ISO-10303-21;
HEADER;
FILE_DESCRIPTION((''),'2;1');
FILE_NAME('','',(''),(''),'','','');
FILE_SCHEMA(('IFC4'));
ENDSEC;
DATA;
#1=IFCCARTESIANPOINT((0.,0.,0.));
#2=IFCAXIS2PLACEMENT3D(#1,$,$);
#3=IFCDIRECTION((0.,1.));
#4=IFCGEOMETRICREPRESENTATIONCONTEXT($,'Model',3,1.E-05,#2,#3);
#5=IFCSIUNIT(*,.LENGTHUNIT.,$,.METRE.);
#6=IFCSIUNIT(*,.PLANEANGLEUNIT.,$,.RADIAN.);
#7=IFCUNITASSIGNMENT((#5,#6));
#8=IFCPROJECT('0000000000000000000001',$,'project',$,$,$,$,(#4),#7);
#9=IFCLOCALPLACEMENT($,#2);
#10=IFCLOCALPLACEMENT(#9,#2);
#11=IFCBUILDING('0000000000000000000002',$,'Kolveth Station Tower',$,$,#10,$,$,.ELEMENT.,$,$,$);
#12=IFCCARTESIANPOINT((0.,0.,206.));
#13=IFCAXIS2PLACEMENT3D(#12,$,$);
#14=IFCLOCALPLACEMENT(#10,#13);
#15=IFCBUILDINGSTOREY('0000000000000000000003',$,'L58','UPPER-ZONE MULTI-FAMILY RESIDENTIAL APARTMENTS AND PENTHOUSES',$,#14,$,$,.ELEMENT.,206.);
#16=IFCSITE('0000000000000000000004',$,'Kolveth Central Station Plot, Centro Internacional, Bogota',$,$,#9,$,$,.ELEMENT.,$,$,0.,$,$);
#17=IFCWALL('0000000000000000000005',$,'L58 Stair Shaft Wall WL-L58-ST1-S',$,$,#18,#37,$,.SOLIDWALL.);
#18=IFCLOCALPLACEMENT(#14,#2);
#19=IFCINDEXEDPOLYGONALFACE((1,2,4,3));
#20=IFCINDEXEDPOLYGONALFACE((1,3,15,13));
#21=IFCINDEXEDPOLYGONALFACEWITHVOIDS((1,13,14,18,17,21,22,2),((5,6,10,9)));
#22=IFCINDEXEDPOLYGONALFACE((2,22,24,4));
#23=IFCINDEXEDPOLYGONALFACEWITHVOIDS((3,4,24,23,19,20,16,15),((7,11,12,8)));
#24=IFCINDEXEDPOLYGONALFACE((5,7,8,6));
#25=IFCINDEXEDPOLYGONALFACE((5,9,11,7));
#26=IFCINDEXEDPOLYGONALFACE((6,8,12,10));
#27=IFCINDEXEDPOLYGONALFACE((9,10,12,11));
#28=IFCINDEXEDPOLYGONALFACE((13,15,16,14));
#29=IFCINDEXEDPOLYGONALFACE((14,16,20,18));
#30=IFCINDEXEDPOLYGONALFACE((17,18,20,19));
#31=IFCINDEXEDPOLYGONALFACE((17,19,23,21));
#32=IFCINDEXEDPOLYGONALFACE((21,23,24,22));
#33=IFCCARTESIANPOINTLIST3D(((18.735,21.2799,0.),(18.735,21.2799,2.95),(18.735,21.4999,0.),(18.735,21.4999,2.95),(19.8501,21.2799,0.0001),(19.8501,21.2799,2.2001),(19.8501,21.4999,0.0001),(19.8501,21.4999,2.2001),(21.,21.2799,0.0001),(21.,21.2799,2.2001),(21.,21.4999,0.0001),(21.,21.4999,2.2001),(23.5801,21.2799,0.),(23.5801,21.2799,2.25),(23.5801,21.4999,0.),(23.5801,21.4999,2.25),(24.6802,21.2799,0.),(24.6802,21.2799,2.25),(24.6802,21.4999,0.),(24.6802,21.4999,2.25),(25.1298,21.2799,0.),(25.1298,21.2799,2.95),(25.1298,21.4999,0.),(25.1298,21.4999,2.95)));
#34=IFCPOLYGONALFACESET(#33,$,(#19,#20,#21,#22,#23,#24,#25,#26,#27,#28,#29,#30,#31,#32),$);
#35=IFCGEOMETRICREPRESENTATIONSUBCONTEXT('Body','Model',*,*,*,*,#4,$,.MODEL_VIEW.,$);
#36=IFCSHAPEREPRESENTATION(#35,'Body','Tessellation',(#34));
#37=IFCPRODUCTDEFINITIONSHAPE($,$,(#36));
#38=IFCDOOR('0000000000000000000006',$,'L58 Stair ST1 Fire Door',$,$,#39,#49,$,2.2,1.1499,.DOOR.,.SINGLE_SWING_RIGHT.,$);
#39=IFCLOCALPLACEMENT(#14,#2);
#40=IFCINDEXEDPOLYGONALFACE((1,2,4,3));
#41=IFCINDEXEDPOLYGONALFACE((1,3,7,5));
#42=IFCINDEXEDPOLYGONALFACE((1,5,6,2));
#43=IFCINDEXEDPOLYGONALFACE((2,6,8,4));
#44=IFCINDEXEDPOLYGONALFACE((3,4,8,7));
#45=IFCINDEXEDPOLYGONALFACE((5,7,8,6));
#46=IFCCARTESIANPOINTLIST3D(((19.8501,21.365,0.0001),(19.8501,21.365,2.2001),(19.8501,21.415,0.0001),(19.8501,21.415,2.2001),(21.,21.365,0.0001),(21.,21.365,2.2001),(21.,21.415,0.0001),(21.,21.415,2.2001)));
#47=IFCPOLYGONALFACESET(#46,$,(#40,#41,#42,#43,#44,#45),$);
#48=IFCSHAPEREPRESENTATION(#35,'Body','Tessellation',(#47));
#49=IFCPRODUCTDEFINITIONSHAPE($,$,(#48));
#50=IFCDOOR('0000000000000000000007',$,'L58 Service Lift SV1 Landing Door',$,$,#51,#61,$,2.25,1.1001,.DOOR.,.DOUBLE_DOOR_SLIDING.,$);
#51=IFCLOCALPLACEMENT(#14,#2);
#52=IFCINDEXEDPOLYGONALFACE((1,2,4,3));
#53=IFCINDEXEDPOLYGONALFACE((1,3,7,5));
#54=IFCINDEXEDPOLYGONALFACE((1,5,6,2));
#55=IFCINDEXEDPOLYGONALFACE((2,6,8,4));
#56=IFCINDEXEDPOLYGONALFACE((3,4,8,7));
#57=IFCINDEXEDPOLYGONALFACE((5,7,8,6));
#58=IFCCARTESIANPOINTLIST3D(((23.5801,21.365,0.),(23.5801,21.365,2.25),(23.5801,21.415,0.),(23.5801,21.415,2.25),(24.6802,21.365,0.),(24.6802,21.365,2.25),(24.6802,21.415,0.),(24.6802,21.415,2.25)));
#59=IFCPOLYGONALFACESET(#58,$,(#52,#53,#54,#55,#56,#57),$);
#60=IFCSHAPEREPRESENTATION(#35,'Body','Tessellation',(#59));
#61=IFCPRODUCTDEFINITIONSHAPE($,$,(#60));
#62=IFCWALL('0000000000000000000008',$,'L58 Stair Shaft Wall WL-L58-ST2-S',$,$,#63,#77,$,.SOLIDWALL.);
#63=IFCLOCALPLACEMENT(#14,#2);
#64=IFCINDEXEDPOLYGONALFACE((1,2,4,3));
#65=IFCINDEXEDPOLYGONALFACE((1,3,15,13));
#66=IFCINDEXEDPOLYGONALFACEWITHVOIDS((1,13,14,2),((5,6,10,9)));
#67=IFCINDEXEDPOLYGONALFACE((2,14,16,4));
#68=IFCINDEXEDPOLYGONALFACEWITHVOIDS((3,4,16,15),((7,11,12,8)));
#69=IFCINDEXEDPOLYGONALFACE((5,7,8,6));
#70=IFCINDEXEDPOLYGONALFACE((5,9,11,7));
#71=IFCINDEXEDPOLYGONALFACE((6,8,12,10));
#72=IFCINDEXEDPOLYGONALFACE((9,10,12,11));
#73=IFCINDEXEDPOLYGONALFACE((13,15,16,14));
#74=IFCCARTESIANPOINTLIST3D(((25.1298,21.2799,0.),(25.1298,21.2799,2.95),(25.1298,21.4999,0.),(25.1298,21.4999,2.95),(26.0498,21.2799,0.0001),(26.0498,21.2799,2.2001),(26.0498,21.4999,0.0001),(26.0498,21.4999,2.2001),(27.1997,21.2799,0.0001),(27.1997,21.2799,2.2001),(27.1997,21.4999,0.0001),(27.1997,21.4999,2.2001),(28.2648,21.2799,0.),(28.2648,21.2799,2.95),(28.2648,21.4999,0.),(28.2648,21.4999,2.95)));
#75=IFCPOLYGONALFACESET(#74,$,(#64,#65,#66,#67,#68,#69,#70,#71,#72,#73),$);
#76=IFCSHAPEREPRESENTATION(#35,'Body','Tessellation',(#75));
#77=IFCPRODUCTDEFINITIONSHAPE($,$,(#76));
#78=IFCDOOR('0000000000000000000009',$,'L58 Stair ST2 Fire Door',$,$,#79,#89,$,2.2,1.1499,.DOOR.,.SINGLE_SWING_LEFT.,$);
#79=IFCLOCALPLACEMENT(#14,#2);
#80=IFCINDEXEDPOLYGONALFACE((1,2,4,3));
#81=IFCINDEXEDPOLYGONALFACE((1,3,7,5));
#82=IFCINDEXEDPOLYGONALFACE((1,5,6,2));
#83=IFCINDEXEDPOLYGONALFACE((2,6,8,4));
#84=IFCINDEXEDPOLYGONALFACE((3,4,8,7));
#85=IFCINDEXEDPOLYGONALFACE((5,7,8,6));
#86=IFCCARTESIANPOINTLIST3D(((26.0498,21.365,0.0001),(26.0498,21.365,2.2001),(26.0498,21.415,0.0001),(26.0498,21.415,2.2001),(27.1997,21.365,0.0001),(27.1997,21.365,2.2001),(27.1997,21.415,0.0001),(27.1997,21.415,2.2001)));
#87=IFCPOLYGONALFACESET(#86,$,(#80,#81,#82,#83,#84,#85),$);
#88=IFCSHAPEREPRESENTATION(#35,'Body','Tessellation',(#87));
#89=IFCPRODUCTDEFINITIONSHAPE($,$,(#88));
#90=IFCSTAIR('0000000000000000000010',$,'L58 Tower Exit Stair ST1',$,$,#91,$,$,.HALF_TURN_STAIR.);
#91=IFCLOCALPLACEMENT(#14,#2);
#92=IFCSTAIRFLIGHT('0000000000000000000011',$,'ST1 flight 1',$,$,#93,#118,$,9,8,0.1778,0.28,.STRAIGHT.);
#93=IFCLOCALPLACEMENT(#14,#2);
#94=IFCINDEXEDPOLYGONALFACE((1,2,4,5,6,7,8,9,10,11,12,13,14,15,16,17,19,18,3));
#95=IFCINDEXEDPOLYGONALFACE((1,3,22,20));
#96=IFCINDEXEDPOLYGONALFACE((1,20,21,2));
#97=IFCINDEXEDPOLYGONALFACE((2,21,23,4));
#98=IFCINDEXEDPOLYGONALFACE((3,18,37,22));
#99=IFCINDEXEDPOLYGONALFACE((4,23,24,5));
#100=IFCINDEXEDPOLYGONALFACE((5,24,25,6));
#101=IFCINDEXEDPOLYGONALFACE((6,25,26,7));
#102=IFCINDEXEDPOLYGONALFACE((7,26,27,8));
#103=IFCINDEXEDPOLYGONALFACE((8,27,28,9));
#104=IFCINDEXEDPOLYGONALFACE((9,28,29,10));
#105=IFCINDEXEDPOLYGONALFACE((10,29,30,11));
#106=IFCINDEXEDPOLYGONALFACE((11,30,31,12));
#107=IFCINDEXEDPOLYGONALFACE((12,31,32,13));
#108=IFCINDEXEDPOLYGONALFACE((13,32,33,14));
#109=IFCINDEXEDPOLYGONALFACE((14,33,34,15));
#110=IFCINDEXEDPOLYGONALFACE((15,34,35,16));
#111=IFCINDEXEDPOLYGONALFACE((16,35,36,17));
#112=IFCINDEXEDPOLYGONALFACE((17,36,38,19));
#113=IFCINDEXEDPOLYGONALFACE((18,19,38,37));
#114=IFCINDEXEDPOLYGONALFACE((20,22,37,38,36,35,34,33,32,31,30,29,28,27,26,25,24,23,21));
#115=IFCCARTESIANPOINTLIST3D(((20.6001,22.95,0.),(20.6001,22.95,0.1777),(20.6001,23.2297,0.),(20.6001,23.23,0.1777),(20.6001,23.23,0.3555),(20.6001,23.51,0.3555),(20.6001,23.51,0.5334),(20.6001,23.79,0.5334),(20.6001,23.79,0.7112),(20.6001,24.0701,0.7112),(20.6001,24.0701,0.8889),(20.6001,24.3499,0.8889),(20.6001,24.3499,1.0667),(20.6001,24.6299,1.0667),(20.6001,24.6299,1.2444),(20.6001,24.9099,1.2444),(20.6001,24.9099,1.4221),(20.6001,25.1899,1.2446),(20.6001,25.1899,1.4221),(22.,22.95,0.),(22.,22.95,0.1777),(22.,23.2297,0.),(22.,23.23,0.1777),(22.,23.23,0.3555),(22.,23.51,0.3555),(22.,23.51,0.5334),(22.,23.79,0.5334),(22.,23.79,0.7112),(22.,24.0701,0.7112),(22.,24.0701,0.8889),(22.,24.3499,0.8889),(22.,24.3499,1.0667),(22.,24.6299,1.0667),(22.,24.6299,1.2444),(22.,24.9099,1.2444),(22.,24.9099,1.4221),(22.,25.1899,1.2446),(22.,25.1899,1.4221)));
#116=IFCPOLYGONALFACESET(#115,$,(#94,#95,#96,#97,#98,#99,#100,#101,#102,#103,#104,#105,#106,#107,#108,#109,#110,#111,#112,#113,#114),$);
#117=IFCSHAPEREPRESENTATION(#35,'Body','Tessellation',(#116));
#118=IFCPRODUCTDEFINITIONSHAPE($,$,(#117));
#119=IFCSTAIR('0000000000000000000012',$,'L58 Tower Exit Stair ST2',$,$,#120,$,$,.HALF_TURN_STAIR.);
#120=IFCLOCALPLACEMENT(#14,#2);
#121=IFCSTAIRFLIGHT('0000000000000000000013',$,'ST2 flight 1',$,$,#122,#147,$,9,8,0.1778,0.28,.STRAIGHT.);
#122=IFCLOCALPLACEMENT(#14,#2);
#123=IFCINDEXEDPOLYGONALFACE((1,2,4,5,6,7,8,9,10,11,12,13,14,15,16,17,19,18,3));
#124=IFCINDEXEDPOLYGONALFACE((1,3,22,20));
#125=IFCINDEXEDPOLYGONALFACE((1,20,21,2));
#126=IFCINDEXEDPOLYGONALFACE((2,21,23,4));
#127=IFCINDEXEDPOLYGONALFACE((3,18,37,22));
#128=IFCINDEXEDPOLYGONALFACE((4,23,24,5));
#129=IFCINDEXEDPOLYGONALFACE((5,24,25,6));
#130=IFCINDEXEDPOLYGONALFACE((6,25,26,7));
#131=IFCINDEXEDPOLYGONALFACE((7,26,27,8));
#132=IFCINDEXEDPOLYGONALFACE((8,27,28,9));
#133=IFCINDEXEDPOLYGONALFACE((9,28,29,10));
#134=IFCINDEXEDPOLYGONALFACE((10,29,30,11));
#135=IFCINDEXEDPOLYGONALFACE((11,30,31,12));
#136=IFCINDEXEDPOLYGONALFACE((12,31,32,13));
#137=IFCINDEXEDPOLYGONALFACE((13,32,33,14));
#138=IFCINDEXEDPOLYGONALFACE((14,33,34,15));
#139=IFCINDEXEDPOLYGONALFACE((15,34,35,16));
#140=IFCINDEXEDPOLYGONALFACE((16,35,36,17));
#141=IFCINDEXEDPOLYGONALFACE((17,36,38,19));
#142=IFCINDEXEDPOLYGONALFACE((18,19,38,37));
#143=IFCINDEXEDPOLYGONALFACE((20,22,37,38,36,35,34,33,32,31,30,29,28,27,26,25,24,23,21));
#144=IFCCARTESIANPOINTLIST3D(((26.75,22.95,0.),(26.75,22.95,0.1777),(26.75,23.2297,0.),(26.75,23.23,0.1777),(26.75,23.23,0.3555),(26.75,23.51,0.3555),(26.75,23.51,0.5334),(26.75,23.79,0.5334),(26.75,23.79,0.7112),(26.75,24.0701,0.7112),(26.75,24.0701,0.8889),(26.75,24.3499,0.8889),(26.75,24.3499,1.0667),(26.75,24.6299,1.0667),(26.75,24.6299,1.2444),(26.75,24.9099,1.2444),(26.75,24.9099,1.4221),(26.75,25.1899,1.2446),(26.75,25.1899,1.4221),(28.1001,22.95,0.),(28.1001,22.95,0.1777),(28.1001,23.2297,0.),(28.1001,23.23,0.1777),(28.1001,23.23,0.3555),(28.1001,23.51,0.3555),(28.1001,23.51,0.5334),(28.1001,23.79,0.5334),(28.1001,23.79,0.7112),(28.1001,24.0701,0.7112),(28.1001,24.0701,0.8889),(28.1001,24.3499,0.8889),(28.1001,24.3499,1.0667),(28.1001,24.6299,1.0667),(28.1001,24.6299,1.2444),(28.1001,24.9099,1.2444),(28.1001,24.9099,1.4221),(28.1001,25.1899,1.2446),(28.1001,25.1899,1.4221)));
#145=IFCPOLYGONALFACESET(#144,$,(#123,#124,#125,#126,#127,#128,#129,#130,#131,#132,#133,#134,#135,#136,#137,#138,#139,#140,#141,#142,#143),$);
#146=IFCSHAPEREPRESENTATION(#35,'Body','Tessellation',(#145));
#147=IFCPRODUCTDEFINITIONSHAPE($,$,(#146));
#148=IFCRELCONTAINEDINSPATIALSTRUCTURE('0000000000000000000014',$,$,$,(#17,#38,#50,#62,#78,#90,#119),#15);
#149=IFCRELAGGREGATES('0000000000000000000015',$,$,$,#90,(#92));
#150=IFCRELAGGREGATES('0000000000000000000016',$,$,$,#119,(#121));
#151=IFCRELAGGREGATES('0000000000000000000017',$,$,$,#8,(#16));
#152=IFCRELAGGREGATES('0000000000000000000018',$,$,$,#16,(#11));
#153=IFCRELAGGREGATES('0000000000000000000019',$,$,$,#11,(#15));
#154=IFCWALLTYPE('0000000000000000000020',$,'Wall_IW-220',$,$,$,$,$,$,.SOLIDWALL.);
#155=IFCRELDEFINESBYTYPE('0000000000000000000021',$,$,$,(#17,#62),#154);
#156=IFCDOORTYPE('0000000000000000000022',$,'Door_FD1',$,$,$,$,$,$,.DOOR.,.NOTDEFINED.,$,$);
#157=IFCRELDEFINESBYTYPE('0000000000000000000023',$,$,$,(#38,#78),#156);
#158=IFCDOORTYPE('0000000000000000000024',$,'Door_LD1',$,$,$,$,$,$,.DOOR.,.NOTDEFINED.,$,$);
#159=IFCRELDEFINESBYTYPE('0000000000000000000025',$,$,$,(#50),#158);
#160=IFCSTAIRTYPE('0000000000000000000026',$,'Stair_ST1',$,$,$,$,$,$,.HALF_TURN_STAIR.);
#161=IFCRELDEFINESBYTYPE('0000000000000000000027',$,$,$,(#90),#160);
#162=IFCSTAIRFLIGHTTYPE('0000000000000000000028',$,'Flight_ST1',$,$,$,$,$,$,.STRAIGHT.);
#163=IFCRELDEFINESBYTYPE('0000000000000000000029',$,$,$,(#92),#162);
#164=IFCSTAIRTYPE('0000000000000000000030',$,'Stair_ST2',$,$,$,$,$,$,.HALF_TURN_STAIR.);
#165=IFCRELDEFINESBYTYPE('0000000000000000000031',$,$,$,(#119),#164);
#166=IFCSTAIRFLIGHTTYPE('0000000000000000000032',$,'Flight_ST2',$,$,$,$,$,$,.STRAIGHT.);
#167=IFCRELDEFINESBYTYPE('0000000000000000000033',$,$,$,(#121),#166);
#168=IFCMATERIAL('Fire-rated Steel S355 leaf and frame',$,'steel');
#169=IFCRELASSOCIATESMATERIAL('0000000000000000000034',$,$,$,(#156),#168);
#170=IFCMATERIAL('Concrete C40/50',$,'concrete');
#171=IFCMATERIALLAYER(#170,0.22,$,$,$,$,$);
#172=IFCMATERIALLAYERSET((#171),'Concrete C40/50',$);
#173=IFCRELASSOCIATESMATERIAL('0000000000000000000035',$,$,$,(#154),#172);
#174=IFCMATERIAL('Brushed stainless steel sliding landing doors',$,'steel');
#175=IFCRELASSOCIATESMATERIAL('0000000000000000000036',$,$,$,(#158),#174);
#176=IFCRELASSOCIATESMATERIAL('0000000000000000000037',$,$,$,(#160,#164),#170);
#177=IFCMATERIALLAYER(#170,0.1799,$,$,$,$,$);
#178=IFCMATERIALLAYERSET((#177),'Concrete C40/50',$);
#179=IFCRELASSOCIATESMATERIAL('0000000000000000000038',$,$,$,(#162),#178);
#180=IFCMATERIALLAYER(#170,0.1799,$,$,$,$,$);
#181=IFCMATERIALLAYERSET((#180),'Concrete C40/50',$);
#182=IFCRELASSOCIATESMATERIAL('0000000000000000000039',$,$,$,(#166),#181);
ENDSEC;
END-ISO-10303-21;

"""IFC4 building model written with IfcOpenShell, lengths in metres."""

from ifc_helpers import new_model, si_unit, direction, frame, frame_2d, origin, place, context, subcontext, project, spatial, polyline, rectangle, outline, extrude, material, layer, layer_set, type_object, element, fill, aggregate, save


model = new_model("IFC4")

# Units and contexts
model_context = context("Model", 3, precision=1e-05, world=origin(), true_north=direction((0.0, 1.0)))
body_context = subcontext(model_context, "Body", "Model", "MODEL_VIEW")
ifc_project = project(units=[si_unit("LENGTHUNIT", "METRE"), si_unit("PLANEANGLEUNIT", "RADIAN")], contexts=[model_context])

# Site, building, storey
site_placement = place(None, origin())
site = spatial("IfcSite", under=ifc_project, at=site_placement, Name="Kolveth Central Station Plot, Centro Internacional, Bogota", CompositionType="ELEMENT", RefElevation=0.0)
building_placement = place(site_placement, origin())
building = spatial("IfcBuilding", under=site, at=building_placement, Name="Kolveth Station Tower", CompositionType="ELEMENT")
storey_placement = place(building_placement, frame((0.0, 0.0, 206.0)))
storey = spatial("IfcBuildingStorey", under=building, at=storey_placement, Name="L58", Description="UPPER-ZONE MULTI-FAMILY RESIDENTIAL APARTMENTS AND PENTHOUSES", CompositionType="ELEMENT", Elevation=206.0)

# Shared definitions
ifc_material_1 = material(Name="Fire-rated Steel S355 leaf and frame", Category="steel")
door_type_1 = type_object("IfcDoorType", Name="Door_FD1", OperationType="NOTDEFINED", PredefinedType="DOOR", material=ifc_material_1)

# Shared definitions
ifc_material_2 = material(Name="Concrete C40/50", Category="concrete")
ifc_layer_1 = layer(ifc_material_2, 0.22)
ifc_layer_set_1 = layer_set([ifc_layer_1], Name="Concrete C40/50")
wall_type_1 = type_object("IfcWallType", Name="Wall_IW-220", PredefinedType="SOLIDWALL", material=ifc_layer_set_1)

# Wall, openings, doors
wall_1_placement = place(storey_placement, frame((18.7351, 21.3899, 0.0), z_axis=(0.0, 0.0, 1.0), x_axis=(1.0, 0.0, 0.0)))
wall_1 = element("IfcWall", 1, at=wall_1_placement, inside=storey, type_object=wall_type_1, Name="L58 Stair Shaft Wall WL-L58-ST1-S", PredefinedType="SOLIDWALL", context=body_context, shape_type="SweptSolid", body=[
    extrude(rectangle(XDim=6.3948, YDim=0.22, at=frame_2d((3.1973, 0.0))), origin(), (0.0, 0.0, 1.0), 2.95),
])
opening_1_placement = place(wall_1_placement, frame((1.115, 0.0, 0.0)))
opening_1 = element("IfcOpeningElement", 2, at=opening_1_placement, cuts=wall_1, PredefinedType="OPENING", context=body_context, shape_type="SweptSolid", body=[
    extrude(rectangle(XDim=1.1499, YDim=2.2, at=frame_2d((0.575, 1.1001))), frame((0.0, 0.1199, 0.0), z_axis=(0.0, -1.0, 0.0), x_axis=(1.0, 0.0, 0.0)), (0.0, 0.0, 1.0), 0.24),
])
opening_2_placement = place(wall_1_placement, frame((4.845, 0.0, 0.0)))
opening_2 = element("IfcOpeningElement", 3, at=opening_2_placement, cuts=wall_1, PredefinedType="OPENING", context=body_context, shape_type="SweptSolid", body=[
    extrude(rectangle(XDim=1.1001, YDim=2.25, at=frame_2d((0.55, 1.125))), frame((0.0, 0.1199, 0.0), z_axis=(0.0, -1.0, 0.0), x_axis=(1.0, 0.0, 0.0)), (0.0, 0.0, 1.0), 0.24),
])
door_1_placement = place(opening_1_placement, frame((1.1499, 0.0, 0.0), z_axis=(0.0, 0.0, 1.0), x_axis=(-1.0, 0.0, 0.0)))
door_1 = element("IfcDoor", 4, at=door_1_placement, inside=storey, type_object=door_type_1, Name="L58 Stair ST1 Fire Door", OperationType="SINGLE_SWING_RIGHT", OverallHeight=2.2, OverallWidth=1.1499, PredefinedType="DOOR", context=body_context, shape_type="SweptSolid", body=[
    extrude(rectangle(XDim=1.1499, YDim=2.2, at=frame_2d((0.575, 1.1001))), frame((0.0, 0.0249, 0.0), z_axis=(0.0, -1.0, 0.0), x_axis=(1.0, 0.0, 0.0)), (0.0, 0.0, 1.0), 0.05),
])
fill(opening_1, door_1)
ifc_material_3 = material(Name="Brushed stainless steel sliding landing doors", Category="steel")
door_type_2 = type_object("IfcDoorType", Name="Door_LD1", OperationType="NOTDEFINED", PredefinedType="DOOR", material=ifc_material_3)
door_2_placement = place(opening_2_placement, frame((1.1001, 0.0, 0.0), z_axis=(0.0, 0.0, 1.0), x_axis=(-1.0, 0.0, 0.0)))
door_2 = element("IfcDoor", 5, at=door_2_placement, inside=storey, type_object=door_type_2, Name="L58 Service Lift SV1 Landing Door", OperationType="DOUBLE_DOOR_SLIDING", OverallHeight=2.25, OverallWidth=1.1001, PredefinedType="DOOR", context=body_context, shape_type="SweptSolid", body=[
    extrude(rectangle(XDim=1.1001, YDim=2.25, at=frame_2d((0.55, 1.125))), frame((0.0, 0.0249, 0.0), z_axis=(0.0, -1.0, 0.0), x_axis=(1.0, 0.0, 0.0)), (0.0, 0.0, 1.0), 0.05),
])
fill(opening_2, door_2)

# Wall, opening, door
wall_2_placement = place(storey_placement, frame((25.1299, 21.3899, 0.0), z_axis=(0.0, 0.0, 1.0), x_axis=(1.0, 0.0, 0.0)))
wall_2 = element("IfcWall", 6, at=wall_2_placement, inside=storey, type_object=wall_type_1, Name="L58 Stair Shaft Wall WL-L58-ST2-S", PredefinedType="SOLIDWALL", context=body_context, shape_type="SweptSolid", body=[
    extrude(rectangle(XDim=3.135, YDim=0.22, at=frame_2d((1.5674, 0.0))), origin(), (0.0, 0.0, 1.0), 2.95),
])
opening_3_placement = place(wall_2_placement, frame((0.9199, 0.0, 0.0)))
opening_3 = element("IfcOpeningElement", 7, at=opening_3_placement, cuts=wall_2, PredefinedType="OPENING", context=body_context, shape_type="SweptSolid", body=[
    extrude(rectangle(XDim=1.1499, YDim=2.2, at=frame_2d((0.575, 1.1001))), frame((0.0, 0.1199, 0.0), z_axis=(0.0, -1.0, 0.0), x_axis=(1.0, 0.0, 0.0)), (0.0, 0.0, 1.0), 0.24),
])
door_3_placement = place(opening_3_placement, frame((1.1499, 0.0, 0.0), z_axis=(0.0, 0.0, 1.0), x_axis=(-1.0, 0.0, 0.0)))
door_3 = element("IfcDoor", 8, at=door_3_placement, inside=storey, type_object=door_type_1, Name="L58 Stair ST2 Fire Door", OperationType="SINGLE_SWING_LEFT", OverallHeight=2.2, OverallWidth=1.1499, PredefinedType="DOOR", context=body_context, shape_type="SweptSolid", body=[
    extrude(rectangle(XDim=1.1499, YDim=2.2, at=frame_2d((0.575, 1.1001))), frame((0.0, 0.0249, 0.0), z_axis=(0.0, -1.0, 0.0), x_axis=(1.0, 0.0, 0.0)), (0.0, 0.0, 1.0), 0.05),
])
fill(opening_3, door_3)

# Stairs, stair flights
stair_type_1 = type_object("IfcStairType", Name="Stair_ST1", PredefinedType="HALF_TURN_STAIR", material=ifc_material_2)
stair_1_placement = place(storey_placement, origin())
stair_1 = element("IfcStair", 9, at=stair_1_placement, inside=storey, type_object=stair_type_1, Name="L58 Tower Exit Stair ST1", PredefinedType="HALF_TURN_STAIR")
ifc_layer_2 = layer(ifc_material_2, 0.1799)
ifc_layer_set_2 = layer_set([ifc_layer_2], Name="Concrete C40/50")
stair_flight_type_1 = type_object("IfcStairFlightType", Name="Flight_ST1", PredefinedType="STRAIGHT", material=ifc_layer_set_2)
stair_flight_1_placement = place(storey_placement, frame((21.3, 22.95, 0.0), z_axis=(0.0, 0.0, 1.0), x_axis=(0.0, 1.0, 0.0)))
stair_flight_1 = element("IfcStairFlight", 10, at=stair_flight_1_placement, type_object=stair_flight_type_1, Name="ST1 flight 1", NumberOfRisers=9, NumberOfTreads=8, PredefinedType="STRAIGHT", RiserHeight=0.1778, TreadLength=0.28, context=body_context, shape_type="SweptSolid", body=[
    extrude(outline(polyline([(0.0, 0.0), (0.0, 0.1777), (0.28, 0.1777), (0.28, 0.3555), (0.5601, 0.3555), (0.5601, 0.5334), (0.8401, 0.5334), (0.8401, 0.7112), (1.1201, 0.7112), (1.1201, 0.8889), (1.3999, 0.8889), (1.3999, 1.0667), (1.6799, 1.0667), (1.6799, 1.2444), (1.96, 1.2444), (1.96, 1.4221), (2.24, 1.4221), (2.24, 1.6001), (2.24, 1.2446), (0.2798, 0.0), (0.0, 0.0)])), frame((0.0, 0.7, 0.0), z_axis=(0.0, -1.0, 0.0), x_axis=(1.0, 0.0, 0.0)), (0.0, 0.0, 1.0), 1.3999),
])
aggregate(stair_1, [stair_flight_1])
stair_type_2 = type_object("IfcStairType", Name="Stair_ST2", PredefinedType="HALF_TURN_STAIR", material=ifc_material_2)
stair_2_placement = place(storey_placement, origin())
stair_2 = element("IfcStair", 11, at=stair_2_placement, inside=storey, type_object=stair_type_2, Name="L58 Tower Exit Stair ST2", PredefinedType="HALF_TURN_STAIR")
ifc_layer_3 = layer(ifc_material_2, 0.1799)
ifc_layer_set_3 = layer_set([ifc_layer_3], Name="Concrete C40/50")
stair_flight_type_2 = type_object("IfcStairFlightType", Name="Flight_ST2", PredefinedType="STRAIGHT", material=ifc_layer_set_3)
stair_flight_2_placement = place(storey_placement, frame((27.425, 22.95, 0.0), z_axis=(0.0, 0.0, 1.0), x_axis=(0.0, 1.0, 0.0)))
stair_flight_2 = element("IfcStairFlight", 12, at=stair_flight_2_placement, type_object=stair_flight_type_2, Name="ST2 flight 1", NumberOfRisers=9, NumberOfTreads=8, PredefinedType="STRAIGHT", RiserHeight=0.1778, TreadLength=0.28, context=body_context, shape_type="SweptSolid", body=[
    extrude(outline(polyline([(0.0, 0.0), (0.0, 0.1777), (0.28, 0.1777), (0.28, 0.3555), (0.5601, 0.3555), (0.5601, 0.5334), (0.8401, 0.5334), (0.8401, 0.7112), (1.1201, 0.7112), (1.1201, 0.8889), (1.3999, 0.8889), (1.3999, 1.0667), (1.6799, 1.0667), (1.6799, 1.2444), (1.96, 1.2444), (1.96, 1.4221), (2.24, 1.4221), (2.24, 1.6001), (2.24, 1.2446), (0.2798, 0.0), (0.0, 0.0)])), frame((0.0, 0.675, 0.0), z_axis=(0.0, -1.0, 0.0), x_axis=(1.0, 0.0, 0.0)), (0.0, 0.0, 1.0), 1.3501),
])
aggregate(stair_2, [stair_flight_2])

save(model, "model.ifc")
